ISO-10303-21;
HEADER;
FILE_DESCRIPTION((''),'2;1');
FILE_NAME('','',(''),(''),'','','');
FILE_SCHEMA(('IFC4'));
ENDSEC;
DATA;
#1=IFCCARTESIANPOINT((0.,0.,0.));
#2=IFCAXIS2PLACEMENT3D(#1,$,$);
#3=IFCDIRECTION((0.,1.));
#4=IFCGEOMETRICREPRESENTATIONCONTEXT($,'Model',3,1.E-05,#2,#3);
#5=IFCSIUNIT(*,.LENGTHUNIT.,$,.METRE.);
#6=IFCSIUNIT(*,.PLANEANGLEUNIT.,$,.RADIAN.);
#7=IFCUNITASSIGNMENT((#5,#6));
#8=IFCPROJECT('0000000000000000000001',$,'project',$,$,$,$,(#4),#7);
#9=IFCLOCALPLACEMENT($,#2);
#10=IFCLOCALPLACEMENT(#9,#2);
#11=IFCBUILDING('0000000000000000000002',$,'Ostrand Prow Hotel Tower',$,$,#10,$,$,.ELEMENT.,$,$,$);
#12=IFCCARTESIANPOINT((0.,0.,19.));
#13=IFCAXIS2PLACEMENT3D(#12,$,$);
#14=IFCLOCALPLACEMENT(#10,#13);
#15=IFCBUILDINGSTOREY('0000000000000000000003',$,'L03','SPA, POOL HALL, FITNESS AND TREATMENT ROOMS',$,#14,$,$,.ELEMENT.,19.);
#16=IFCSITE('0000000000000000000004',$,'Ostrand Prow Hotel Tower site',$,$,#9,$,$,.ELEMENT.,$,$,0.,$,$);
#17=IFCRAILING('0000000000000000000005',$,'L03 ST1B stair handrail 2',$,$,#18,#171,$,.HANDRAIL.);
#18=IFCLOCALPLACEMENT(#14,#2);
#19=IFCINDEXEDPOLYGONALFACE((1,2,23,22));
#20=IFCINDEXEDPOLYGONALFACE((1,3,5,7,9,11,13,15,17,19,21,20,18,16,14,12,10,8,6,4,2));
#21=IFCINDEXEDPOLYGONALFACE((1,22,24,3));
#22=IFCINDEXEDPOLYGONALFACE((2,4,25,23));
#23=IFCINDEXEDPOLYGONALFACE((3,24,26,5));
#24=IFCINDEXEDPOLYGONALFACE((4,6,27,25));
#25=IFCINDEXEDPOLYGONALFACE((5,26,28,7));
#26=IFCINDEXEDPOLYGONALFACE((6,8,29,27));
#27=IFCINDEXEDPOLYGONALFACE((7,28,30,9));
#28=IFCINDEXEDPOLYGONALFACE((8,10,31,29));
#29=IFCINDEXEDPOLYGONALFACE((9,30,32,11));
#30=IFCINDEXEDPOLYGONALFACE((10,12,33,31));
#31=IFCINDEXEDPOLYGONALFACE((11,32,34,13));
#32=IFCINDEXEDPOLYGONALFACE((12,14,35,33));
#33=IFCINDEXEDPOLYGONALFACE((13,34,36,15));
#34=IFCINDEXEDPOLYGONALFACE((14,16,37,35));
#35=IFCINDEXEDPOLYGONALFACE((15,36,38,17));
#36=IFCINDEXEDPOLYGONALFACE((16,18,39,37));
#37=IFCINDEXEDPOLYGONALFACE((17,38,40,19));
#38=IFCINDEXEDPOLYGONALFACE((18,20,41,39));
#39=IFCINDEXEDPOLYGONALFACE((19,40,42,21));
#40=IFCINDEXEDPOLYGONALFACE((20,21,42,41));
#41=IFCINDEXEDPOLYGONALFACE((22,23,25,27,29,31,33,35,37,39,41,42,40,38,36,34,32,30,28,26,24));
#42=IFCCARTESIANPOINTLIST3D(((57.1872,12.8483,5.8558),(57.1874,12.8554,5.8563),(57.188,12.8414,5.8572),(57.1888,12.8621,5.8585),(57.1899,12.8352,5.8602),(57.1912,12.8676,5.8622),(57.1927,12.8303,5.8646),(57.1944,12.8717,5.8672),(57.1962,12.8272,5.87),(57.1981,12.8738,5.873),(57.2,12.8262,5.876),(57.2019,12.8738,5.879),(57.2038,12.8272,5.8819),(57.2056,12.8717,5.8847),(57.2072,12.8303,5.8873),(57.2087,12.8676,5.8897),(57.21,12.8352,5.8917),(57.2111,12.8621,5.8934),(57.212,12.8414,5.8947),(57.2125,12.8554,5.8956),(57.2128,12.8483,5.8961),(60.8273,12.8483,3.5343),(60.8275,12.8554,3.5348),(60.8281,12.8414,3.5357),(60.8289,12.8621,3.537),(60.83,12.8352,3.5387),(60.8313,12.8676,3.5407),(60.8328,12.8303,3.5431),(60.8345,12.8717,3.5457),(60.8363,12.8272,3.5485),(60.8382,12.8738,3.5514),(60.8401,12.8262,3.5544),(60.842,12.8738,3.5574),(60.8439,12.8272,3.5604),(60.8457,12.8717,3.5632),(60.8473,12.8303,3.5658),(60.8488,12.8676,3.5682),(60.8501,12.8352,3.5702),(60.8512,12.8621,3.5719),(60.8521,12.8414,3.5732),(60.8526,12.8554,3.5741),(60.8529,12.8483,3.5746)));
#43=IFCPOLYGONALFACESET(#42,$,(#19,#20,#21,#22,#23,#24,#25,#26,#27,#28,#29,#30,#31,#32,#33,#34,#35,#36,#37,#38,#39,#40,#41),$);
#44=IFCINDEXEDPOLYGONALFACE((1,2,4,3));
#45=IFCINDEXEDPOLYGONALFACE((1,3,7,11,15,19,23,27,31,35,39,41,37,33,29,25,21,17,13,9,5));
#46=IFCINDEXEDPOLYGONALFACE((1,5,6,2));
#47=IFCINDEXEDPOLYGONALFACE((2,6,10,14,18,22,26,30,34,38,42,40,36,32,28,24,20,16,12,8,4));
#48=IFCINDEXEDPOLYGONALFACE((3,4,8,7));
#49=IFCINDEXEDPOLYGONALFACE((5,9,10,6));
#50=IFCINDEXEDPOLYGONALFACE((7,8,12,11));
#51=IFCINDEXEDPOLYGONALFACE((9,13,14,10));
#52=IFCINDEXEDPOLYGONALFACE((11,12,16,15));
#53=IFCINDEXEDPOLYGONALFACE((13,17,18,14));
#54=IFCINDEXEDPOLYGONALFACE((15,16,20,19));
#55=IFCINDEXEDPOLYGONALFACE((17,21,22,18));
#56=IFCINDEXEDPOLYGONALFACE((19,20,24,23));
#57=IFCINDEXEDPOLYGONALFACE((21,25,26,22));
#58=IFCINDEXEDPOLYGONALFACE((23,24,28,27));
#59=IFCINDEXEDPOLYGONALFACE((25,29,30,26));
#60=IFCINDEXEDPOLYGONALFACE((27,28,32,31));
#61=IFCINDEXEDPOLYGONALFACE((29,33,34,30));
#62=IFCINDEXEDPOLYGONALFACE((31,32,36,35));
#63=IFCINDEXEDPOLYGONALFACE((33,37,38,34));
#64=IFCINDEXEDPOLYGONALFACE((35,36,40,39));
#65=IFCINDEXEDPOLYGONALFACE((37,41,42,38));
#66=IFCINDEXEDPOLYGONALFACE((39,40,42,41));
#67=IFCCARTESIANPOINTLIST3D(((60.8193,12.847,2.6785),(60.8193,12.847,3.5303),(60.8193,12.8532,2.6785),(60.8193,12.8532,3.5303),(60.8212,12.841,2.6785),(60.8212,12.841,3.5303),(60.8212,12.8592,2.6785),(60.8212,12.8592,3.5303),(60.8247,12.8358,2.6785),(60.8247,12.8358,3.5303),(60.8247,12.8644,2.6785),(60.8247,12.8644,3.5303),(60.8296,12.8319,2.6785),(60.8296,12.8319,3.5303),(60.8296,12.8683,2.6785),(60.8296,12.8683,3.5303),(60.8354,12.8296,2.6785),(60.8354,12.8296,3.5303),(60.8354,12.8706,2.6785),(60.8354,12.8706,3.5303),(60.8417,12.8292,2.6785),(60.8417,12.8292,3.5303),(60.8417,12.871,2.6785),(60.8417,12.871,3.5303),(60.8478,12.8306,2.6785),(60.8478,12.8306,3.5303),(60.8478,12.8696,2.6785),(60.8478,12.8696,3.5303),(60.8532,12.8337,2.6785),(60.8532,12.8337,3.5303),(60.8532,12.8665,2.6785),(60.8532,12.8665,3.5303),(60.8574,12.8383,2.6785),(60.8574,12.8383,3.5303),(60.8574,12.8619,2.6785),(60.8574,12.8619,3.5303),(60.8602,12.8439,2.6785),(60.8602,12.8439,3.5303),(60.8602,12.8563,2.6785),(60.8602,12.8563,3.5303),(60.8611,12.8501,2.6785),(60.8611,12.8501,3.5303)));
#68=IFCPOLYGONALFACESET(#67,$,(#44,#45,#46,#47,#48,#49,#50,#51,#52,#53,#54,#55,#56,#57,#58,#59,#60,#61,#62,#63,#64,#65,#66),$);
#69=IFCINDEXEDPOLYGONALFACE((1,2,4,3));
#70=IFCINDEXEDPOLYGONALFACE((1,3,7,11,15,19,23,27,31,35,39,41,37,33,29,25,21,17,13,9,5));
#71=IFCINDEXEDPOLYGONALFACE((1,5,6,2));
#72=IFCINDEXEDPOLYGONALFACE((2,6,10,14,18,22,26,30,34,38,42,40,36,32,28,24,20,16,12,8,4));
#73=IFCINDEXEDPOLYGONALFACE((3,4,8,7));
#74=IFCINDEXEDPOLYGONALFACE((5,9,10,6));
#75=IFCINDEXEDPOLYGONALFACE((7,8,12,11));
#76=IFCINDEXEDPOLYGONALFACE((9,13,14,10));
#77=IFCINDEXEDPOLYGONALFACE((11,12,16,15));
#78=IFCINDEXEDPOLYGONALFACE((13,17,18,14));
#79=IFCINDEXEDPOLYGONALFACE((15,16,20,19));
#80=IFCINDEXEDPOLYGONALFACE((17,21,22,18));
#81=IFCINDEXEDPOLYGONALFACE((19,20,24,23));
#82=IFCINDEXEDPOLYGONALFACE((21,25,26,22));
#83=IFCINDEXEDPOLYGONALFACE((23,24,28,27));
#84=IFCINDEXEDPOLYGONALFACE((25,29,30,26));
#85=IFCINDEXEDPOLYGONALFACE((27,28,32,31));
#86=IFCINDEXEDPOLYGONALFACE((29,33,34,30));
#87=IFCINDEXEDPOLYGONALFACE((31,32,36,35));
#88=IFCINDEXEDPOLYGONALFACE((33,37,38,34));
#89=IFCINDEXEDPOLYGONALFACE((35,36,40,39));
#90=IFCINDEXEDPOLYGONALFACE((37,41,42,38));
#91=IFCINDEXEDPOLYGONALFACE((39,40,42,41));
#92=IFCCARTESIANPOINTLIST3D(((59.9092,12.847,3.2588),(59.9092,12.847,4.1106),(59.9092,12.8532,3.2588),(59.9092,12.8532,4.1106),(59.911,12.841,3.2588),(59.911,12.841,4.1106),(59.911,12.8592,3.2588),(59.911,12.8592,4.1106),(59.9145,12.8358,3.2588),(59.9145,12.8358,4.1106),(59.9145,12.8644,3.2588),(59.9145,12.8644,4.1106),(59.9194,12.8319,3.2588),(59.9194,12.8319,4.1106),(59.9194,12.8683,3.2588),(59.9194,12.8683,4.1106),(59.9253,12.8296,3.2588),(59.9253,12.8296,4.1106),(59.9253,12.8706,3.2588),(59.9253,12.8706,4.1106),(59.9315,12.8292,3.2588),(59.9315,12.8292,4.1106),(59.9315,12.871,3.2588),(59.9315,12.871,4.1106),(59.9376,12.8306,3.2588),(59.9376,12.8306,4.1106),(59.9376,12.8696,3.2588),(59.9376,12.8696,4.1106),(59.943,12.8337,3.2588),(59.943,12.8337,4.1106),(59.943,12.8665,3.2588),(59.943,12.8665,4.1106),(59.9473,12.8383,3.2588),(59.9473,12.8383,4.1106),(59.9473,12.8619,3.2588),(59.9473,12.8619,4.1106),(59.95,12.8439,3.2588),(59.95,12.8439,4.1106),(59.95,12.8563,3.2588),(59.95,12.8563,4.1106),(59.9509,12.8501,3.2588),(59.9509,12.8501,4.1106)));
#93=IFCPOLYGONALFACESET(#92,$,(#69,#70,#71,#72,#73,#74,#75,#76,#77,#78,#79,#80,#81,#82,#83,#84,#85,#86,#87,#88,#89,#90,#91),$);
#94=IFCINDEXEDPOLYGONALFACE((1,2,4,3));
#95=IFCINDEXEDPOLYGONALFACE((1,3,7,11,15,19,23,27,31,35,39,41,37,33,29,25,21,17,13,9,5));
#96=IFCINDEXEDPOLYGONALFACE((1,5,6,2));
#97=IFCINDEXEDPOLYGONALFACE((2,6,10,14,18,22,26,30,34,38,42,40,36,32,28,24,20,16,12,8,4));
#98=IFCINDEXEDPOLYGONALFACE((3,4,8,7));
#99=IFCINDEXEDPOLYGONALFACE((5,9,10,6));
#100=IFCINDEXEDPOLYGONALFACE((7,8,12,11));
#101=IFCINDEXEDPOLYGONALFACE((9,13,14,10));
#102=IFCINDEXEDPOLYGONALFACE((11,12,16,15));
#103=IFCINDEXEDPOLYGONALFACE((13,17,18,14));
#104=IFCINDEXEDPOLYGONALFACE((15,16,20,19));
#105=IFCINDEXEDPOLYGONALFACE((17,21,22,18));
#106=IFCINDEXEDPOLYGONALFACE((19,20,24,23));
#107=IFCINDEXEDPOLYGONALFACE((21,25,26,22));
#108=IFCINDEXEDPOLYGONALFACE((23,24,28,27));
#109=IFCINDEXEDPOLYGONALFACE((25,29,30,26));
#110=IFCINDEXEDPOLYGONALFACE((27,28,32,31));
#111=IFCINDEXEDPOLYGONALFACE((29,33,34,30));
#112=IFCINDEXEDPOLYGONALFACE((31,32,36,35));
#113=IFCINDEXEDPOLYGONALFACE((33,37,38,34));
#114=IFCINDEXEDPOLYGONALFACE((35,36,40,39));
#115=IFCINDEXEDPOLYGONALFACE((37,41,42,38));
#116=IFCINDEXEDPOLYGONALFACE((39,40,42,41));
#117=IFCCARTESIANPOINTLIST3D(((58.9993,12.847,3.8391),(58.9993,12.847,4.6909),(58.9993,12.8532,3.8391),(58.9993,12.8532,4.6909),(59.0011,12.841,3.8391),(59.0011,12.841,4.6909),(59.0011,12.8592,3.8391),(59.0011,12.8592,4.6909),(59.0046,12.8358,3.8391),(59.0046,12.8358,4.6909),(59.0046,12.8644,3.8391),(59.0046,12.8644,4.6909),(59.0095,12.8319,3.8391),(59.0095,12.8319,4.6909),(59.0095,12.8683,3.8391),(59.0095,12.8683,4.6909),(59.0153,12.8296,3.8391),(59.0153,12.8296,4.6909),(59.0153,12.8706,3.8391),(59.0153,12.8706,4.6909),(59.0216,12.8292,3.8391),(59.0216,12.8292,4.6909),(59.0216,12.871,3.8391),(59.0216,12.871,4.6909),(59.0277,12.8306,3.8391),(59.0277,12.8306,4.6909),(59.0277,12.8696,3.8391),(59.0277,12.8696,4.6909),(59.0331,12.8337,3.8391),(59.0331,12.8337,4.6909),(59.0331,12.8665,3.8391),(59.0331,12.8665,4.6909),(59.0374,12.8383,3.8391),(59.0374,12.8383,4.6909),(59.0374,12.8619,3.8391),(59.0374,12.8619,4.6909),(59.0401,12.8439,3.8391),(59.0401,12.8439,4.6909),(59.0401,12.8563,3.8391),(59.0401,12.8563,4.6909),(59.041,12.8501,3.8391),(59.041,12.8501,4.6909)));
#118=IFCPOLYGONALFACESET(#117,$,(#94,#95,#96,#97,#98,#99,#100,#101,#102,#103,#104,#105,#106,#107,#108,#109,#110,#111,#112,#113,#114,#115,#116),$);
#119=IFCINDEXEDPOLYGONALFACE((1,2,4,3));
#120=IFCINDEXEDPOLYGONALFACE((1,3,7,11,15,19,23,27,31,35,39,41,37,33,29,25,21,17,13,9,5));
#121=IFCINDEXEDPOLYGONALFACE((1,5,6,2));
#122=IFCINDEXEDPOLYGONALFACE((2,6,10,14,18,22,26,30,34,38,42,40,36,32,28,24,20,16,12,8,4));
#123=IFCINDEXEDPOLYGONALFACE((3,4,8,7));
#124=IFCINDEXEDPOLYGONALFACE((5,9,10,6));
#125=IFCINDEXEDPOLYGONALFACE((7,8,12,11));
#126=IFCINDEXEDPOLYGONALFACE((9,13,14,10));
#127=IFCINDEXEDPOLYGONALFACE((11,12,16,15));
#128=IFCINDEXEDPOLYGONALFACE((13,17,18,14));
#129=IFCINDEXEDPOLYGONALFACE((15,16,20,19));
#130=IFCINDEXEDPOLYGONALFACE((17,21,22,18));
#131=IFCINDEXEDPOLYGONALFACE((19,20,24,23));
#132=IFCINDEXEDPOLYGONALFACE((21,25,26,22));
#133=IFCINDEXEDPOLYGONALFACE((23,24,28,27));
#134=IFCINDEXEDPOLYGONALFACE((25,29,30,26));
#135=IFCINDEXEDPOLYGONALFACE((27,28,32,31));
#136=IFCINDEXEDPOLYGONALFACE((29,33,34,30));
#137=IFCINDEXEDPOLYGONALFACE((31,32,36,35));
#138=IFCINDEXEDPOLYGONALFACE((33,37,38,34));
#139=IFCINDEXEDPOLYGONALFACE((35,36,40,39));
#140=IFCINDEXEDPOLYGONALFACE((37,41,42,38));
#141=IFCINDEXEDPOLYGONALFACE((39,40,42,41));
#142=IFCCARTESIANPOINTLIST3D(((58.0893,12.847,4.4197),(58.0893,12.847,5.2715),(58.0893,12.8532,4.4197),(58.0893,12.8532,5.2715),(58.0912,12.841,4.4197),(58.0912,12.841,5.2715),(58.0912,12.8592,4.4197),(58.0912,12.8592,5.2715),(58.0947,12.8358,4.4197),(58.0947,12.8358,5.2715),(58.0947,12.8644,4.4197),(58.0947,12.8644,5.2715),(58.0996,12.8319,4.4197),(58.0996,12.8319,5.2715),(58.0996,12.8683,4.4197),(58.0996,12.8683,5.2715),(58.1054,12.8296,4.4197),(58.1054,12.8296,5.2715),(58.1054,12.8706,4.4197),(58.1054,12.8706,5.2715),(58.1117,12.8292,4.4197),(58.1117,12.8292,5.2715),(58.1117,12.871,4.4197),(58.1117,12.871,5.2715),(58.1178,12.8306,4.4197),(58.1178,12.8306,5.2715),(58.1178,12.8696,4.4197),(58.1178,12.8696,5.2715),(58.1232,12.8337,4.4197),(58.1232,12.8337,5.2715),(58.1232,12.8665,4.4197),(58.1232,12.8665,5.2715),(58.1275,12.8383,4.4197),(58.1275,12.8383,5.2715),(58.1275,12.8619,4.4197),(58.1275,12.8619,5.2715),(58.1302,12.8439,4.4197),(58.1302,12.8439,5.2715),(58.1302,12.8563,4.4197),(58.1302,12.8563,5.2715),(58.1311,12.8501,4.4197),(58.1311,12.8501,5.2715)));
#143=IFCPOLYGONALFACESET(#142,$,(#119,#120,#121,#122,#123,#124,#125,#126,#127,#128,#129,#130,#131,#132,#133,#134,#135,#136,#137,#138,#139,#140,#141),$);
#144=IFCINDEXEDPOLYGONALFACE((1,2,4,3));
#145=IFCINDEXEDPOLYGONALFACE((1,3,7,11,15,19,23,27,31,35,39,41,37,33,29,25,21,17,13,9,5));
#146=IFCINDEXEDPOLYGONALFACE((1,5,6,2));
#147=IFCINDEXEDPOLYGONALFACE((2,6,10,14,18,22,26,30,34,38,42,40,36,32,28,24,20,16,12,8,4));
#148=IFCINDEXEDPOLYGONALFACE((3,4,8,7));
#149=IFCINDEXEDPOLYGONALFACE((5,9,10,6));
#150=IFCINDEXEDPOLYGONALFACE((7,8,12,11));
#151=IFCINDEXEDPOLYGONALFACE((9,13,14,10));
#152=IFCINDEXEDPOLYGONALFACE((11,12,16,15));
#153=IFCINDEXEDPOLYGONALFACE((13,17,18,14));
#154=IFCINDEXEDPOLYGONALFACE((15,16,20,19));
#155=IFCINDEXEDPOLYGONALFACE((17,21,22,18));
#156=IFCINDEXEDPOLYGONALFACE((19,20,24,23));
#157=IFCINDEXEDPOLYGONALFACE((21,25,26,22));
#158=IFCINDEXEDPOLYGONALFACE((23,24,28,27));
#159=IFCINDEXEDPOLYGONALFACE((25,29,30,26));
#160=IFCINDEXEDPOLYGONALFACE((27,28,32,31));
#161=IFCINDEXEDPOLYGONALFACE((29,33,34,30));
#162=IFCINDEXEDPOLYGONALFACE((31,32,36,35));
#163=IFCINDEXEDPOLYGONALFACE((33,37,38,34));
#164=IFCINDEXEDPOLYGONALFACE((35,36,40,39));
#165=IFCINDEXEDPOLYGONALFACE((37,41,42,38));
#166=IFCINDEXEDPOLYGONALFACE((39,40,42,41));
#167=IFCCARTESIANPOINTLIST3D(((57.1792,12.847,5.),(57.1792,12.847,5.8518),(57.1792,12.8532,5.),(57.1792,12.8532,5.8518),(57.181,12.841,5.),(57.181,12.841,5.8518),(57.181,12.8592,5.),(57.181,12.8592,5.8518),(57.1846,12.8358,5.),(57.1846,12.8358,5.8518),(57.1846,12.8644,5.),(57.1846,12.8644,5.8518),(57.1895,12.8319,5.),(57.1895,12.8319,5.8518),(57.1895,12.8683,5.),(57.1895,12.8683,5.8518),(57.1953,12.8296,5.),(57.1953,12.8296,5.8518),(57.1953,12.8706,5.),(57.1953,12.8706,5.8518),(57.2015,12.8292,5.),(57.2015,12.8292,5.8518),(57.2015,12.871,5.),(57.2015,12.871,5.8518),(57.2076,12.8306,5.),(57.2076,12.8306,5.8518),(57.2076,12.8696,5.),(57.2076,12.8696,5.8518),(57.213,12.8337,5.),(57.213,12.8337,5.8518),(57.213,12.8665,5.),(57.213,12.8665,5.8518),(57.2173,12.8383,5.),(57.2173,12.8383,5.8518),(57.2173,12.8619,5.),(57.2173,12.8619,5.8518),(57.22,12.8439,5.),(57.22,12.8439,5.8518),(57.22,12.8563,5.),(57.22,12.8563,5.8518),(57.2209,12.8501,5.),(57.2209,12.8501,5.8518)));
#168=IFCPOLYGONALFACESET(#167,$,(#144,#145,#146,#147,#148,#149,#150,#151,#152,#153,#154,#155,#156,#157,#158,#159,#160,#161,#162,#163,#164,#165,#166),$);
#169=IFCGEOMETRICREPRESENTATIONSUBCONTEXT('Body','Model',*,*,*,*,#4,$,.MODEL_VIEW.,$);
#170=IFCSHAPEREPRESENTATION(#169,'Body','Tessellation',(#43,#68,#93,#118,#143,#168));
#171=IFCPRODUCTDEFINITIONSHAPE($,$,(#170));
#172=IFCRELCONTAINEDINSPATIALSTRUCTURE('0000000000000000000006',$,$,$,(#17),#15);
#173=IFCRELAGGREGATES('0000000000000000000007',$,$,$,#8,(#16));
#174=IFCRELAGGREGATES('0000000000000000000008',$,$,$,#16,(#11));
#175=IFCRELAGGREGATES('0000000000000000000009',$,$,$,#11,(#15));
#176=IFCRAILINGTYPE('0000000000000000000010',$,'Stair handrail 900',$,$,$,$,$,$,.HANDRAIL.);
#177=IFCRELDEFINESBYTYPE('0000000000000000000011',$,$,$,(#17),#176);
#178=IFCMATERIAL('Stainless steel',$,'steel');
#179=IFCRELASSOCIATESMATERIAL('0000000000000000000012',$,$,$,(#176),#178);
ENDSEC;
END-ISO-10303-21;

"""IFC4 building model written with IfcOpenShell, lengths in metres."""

from ifc_helpers import new_model, si_unit, direction, frame, origin, origin_2d, place, context, subcontext, project, spatial, circle, extrude, material, type_object, element, save


model = new_model("IFC4")

# Units and contexts
model_context = context("Model", 3, precision=1e-05, world=origin(), true_north=direction((0.0, 1.0)))
body_context = subcontext(model_context, "Body", "Model", "MODEL_VIEW")
ifc_project = project(units=[si_unit("LENGTHUNIT", "METRE"), si_unit("PLANEANGLEUNIT", "RADIAN")], contexts=[model_context])

# Site, building, storey
site_placement = place(None, origin())
site = spatial("IfcSite", under=ifc_project, at=site_placement, Name="Ostrand Prow Hotel Tower site", CompositionType="ELEMENT", RefElevation=0.0)
building_placement = place(site_placement, origin())
building = spatial("IfcBuilding", under=site, at=building_placement, Name="Ostrand Prow Hotel Tower", CompositionType="ELEMENT")
storey_placement = place(building_placement, frame((0.0, 0.0, 19.0)))
storey = spatial("IfcBuildingStorey", under=building, at=storey_placement, Name="L03", Description="SPA, POOL HALL, FITNESS AND TREATMENT ROOMS", CompositionType="ELEMENT", Elevation=19.0)

# Railing
ifc_material_1 = material(Name="Stainless steel", Category="steel")
railing_type_1 = type_object("IfcRailingType", Name="Stair handrail 900", PredefinedType="HANDRAIL", material=ifc_material_1)
railing_1_placement = place(storey_placement, frame((60.8401, 12.8501, 2.6785)))
element("IfcRailing", 1, at=railing_1_placement, inside=storey, type_object=railing_type_1, Name="L03 ST1B stair handrail 2", PredefinedType="HANDRAIL", context=body_context, shape_type="SweptSolid", body=[
    extrude(circle(Radius=0.0239, at=origin_2d()), frame((0.0, 0.0, 0.876), z_axis=(-0.843128, 0.0, 0.537713), x_axis=(0.0, -1.0, 0.0)), (0.0, 0.0, 1.0), 4.3174),
    extrude(circle(Radius=0.021, at=origin_2d()), origin(), (0.0, 0.0, 1.0), 0.8518),
    extrude(circle(Radius=0.021, at=origin_2d()), frame((-0.9102, 0.0, 0.5803)), (0.0, 0.0, 1.0), 0.8518),
    extrude(circle(Radius=0.021, at=origin_2d()), frame((-1.8201, 0.0, 1.1606)), (0.0, 0.0, 1.0), 0.8518),
    extrude(circle(Radius=0.021, at=origin_2d()), frame((-2.73, 0.0, 1.7412)), (0.0, 0.0, 1.0), 0.8518),
    extrude(circle(Radius=0.021, at=origin_2d()), frame((-3.6401, 0.0, 2.3215)), (0.0, 0.0, 1.0), 0.8518),
])

save(model, "model.ifc")
